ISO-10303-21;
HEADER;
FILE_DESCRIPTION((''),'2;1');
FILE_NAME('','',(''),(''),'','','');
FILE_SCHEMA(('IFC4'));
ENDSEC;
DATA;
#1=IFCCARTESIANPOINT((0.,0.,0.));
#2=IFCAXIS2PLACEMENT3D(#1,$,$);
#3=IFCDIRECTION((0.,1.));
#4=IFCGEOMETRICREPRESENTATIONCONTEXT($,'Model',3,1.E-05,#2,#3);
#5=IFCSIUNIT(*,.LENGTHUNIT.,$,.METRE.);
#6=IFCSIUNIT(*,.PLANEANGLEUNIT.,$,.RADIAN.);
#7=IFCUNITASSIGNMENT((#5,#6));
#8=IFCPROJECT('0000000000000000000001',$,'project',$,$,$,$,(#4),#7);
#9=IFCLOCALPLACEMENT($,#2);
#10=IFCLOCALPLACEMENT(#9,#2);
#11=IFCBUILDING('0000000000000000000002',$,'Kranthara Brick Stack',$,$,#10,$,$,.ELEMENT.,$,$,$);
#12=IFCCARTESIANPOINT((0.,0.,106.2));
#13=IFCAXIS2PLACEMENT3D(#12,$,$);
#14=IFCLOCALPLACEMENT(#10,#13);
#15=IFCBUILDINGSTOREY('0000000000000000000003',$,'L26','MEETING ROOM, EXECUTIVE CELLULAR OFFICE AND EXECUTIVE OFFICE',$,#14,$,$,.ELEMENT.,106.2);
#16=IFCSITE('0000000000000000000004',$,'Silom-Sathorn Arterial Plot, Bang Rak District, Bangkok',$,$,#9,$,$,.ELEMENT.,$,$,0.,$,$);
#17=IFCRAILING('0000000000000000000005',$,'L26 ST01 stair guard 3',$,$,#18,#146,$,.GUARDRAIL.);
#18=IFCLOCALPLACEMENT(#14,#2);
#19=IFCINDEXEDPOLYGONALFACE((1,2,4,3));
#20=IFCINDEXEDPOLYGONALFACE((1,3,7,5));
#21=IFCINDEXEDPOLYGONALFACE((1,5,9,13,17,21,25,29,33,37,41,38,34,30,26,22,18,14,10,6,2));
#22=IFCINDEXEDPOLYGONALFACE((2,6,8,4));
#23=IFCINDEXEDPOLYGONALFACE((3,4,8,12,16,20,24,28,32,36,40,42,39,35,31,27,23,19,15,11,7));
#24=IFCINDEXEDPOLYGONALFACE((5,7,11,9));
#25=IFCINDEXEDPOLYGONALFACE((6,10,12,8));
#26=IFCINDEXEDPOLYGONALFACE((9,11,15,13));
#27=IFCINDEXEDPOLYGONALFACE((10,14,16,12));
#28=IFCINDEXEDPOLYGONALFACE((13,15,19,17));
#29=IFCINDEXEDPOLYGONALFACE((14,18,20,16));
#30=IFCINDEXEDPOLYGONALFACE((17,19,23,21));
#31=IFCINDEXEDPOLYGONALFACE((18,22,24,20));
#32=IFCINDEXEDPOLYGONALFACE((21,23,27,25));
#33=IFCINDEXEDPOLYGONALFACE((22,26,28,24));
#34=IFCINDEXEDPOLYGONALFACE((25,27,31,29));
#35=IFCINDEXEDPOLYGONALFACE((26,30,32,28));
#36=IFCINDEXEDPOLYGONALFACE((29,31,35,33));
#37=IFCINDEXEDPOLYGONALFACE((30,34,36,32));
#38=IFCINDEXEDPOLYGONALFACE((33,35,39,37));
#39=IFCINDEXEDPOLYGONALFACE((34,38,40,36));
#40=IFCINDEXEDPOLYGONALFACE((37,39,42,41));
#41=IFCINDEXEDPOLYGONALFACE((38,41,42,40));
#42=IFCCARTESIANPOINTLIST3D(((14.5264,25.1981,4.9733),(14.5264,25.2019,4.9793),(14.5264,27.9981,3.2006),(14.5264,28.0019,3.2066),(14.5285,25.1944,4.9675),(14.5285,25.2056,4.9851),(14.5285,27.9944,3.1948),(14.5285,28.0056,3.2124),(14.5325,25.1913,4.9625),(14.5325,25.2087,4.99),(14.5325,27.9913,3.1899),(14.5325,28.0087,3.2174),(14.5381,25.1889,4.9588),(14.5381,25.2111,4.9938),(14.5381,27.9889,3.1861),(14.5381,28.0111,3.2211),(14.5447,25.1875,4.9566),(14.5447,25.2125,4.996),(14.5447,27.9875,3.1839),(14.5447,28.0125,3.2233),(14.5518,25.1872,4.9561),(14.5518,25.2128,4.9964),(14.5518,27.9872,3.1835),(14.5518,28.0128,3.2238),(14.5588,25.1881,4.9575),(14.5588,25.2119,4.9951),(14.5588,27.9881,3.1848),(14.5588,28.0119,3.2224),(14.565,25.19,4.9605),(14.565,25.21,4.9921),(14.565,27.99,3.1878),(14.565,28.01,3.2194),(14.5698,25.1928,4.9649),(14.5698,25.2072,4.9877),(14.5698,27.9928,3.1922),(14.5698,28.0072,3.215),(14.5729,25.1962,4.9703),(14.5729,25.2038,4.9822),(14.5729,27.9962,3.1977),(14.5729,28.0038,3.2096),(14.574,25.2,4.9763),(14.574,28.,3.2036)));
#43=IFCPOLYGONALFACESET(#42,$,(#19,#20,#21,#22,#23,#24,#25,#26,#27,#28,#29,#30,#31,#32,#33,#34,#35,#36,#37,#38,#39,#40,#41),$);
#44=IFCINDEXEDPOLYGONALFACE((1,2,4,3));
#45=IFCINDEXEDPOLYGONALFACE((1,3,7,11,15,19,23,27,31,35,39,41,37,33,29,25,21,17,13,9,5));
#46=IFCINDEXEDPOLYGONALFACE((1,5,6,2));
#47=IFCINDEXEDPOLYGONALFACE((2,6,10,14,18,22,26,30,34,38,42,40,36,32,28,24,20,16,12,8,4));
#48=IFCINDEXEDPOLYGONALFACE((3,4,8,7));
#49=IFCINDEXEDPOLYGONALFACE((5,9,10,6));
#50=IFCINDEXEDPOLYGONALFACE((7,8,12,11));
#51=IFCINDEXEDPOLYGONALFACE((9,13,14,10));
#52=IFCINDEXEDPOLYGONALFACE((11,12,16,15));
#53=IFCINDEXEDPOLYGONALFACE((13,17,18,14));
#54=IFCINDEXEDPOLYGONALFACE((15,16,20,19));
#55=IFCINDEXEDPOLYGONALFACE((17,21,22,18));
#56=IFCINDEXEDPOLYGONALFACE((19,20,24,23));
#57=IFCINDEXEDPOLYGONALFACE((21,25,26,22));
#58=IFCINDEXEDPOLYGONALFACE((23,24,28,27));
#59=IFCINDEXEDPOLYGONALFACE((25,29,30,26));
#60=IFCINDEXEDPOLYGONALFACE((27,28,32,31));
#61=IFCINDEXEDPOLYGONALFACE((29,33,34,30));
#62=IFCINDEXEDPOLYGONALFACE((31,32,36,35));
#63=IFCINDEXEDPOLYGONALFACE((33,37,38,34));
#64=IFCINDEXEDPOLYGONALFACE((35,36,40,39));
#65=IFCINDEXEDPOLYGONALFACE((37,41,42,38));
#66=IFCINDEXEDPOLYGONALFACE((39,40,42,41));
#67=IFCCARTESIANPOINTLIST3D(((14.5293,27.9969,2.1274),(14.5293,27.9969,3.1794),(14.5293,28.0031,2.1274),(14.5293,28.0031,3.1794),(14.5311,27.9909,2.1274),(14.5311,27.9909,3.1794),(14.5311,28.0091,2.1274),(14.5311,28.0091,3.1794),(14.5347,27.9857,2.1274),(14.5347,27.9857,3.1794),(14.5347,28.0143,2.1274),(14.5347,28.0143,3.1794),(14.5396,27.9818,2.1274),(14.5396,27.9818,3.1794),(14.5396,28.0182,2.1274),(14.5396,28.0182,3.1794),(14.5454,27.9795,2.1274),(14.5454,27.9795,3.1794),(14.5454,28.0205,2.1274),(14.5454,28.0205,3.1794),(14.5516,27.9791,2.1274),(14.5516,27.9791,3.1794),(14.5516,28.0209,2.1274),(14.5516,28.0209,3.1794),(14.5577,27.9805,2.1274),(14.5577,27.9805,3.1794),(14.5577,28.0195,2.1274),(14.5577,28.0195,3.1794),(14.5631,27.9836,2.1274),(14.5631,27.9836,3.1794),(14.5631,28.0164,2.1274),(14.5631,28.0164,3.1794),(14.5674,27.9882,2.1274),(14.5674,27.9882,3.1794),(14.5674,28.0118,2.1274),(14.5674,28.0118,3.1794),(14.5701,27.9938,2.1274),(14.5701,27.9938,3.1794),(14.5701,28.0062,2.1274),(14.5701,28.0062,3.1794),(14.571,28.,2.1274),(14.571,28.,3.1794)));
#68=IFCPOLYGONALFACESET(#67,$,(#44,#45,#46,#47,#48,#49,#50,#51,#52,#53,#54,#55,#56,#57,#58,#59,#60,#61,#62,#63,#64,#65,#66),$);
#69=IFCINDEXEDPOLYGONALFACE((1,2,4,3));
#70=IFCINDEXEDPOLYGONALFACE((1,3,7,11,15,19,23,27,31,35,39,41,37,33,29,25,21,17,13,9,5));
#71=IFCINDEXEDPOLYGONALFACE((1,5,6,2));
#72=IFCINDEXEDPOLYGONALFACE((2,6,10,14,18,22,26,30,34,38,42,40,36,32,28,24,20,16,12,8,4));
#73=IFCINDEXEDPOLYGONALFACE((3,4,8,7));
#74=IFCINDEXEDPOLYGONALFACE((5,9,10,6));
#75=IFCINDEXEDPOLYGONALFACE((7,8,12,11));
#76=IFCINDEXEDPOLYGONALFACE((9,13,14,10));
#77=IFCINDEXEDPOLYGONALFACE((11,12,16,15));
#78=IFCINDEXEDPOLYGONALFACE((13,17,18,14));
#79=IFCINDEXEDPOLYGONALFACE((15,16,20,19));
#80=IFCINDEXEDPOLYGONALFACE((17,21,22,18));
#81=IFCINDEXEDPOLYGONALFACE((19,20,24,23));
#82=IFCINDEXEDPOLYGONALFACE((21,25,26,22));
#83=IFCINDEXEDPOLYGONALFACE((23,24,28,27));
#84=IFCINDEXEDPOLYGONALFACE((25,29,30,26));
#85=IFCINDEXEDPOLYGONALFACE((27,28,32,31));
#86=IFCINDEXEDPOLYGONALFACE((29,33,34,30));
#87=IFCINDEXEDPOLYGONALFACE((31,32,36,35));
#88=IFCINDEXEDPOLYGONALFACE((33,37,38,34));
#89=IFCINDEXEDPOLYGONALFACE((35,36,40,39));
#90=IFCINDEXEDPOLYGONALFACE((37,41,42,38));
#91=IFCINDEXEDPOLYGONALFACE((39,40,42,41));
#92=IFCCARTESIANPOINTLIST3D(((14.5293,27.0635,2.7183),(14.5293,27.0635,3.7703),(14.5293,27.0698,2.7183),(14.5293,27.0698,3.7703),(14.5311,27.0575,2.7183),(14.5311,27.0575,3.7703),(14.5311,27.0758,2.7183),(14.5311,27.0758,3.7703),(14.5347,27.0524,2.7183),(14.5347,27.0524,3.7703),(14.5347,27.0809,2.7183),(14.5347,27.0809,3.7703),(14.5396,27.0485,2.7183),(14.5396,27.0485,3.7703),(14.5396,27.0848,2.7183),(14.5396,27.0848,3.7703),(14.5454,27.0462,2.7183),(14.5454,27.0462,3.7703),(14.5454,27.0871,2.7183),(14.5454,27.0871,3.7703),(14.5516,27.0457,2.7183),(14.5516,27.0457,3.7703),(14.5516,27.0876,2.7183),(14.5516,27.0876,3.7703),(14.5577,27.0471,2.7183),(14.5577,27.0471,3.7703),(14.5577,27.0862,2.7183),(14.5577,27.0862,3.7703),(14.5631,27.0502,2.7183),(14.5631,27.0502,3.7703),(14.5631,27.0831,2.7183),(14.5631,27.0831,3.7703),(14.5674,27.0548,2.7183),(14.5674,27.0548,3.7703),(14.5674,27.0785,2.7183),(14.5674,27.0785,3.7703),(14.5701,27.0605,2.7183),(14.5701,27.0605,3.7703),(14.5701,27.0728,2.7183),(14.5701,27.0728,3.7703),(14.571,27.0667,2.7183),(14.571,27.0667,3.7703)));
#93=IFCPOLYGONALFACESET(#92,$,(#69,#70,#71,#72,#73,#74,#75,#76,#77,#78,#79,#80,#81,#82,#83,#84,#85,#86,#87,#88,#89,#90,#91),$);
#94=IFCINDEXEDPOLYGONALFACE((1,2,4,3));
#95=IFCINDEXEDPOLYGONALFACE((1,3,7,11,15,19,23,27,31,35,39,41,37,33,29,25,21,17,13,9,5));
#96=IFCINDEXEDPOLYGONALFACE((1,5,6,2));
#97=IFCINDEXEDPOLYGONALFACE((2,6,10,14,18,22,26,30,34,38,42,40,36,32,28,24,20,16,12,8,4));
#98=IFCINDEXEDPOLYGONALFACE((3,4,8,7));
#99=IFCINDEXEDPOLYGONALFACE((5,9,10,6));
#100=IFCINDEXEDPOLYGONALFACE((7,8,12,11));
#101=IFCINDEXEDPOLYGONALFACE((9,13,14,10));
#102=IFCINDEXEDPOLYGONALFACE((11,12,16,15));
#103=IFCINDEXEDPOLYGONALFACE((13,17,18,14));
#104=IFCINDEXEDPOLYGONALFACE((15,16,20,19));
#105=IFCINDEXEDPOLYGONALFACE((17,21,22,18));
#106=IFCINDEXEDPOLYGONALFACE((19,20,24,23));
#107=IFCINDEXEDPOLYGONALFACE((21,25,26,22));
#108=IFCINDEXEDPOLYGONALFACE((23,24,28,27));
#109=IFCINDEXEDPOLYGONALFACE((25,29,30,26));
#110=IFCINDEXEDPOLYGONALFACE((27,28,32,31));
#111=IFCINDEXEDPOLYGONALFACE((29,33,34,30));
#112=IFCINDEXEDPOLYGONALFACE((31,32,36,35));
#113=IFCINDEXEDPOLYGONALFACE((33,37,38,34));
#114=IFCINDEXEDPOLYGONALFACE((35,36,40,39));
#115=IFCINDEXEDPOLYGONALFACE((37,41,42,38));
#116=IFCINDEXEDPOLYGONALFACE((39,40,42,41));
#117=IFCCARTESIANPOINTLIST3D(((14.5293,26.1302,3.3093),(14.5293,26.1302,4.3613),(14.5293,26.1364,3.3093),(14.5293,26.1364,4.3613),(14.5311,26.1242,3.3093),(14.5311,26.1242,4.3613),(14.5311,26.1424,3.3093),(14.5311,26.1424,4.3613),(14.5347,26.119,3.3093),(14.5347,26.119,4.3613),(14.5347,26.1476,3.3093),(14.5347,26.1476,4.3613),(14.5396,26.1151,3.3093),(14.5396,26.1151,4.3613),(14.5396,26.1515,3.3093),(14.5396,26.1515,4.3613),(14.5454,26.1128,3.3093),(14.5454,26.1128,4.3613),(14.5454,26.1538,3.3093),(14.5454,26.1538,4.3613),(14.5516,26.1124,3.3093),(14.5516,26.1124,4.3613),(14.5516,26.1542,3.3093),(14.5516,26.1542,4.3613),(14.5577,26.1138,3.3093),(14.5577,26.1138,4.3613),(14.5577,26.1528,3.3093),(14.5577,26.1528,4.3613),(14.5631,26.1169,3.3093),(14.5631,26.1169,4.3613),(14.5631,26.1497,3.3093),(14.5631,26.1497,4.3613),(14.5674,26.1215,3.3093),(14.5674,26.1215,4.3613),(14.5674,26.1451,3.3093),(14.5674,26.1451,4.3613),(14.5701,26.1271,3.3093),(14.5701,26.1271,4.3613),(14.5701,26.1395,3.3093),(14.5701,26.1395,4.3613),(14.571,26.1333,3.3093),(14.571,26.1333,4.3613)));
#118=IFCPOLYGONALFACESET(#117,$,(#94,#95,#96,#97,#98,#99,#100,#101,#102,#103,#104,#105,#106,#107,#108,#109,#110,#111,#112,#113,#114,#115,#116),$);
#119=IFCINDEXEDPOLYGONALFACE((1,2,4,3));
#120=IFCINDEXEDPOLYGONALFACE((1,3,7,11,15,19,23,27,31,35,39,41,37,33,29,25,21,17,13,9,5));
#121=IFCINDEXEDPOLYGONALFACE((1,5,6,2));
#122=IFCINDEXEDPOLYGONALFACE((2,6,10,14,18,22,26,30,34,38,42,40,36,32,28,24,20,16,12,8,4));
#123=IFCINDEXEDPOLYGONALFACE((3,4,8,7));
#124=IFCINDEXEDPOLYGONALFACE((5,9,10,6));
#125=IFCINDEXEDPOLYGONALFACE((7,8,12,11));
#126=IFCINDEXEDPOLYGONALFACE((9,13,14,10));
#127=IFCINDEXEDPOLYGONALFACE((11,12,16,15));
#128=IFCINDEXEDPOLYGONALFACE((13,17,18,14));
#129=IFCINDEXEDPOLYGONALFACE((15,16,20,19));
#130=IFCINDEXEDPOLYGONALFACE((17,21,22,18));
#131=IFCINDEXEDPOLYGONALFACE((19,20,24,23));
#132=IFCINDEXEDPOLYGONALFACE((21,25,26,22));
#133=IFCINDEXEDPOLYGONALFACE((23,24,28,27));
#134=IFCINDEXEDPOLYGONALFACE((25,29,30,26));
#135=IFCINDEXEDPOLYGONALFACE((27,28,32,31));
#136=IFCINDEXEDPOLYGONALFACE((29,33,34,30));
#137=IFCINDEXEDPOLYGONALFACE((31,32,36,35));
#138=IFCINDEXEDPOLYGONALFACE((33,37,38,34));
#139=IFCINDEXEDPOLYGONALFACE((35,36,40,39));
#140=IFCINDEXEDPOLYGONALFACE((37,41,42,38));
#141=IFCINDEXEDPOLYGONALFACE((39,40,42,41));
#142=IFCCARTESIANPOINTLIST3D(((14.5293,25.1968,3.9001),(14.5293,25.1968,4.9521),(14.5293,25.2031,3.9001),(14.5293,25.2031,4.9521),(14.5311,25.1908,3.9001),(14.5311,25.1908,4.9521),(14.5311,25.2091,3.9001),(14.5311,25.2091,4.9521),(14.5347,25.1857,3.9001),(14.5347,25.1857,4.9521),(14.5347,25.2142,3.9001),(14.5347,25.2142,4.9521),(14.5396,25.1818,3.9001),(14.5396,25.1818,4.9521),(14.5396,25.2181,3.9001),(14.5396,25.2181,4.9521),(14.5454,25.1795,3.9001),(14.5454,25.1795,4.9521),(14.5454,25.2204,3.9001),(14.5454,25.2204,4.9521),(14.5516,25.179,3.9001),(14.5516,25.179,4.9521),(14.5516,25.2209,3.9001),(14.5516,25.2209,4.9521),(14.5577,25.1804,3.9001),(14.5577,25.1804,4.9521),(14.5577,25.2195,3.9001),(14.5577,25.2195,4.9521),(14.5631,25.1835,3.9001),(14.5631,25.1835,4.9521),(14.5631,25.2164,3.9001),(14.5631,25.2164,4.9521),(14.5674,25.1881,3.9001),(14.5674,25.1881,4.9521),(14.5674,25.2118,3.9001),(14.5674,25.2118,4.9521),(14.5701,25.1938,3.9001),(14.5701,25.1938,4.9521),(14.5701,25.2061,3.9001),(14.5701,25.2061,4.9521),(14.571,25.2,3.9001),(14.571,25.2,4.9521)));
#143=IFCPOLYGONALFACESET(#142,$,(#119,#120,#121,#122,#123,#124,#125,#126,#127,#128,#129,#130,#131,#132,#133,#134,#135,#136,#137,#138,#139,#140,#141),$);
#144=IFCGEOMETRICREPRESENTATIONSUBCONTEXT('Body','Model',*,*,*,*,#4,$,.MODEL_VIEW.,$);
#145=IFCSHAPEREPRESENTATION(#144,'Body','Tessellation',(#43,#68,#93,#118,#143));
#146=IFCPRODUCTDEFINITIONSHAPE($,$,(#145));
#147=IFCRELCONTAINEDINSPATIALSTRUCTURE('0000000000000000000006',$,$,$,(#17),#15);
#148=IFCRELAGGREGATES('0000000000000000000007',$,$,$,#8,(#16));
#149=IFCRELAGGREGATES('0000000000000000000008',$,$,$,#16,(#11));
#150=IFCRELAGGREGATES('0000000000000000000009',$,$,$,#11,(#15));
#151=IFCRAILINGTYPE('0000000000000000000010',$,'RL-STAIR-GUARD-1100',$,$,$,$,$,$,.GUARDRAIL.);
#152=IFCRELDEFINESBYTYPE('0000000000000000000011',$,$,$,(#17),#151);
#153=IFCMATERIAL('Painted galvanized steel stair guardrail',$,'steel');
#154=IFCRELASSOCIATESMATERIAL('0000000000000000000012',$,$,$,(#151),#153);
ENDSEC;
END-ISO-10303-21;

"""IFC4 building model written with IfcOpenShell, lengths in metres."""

from ifc_helpers import new_model, si_unit, direction, frame, origin, origin_2d, place, context, subcontext, project, spatial, circle, extrude, material, type_object, element, save


model = new_model("IFC4")

# Units and contexts
model_context = context("Model", 3, precision=1e-05, world=origin(), true_north=direction((0.0, 1.0)))
body_context = subcontext(model_context, "Body", "Model", "MODEL_VIEW")
ifc_project = project(units=[si_unit("LENGTHUNIT", "METRE"), si_unit("PLANEANGLEUNIT", "RADIAN")], contexts=[model_context])

# Site, building, storey
site_placement = place(None, origin())
site = spatial("IfcSite", under=ifc_project, at=site_placement, Name="Silom-Sathorn Arterial Plot, Bang Rak District, Bangkok", CompositionType="ELEMENT", RefElevation=0.0)
building_placement = place(site_placement, origin())
building = spatial("IfcBuilding", under=site, at=building_placement, Name="Kranthara Brick Stack", CompositionType="ELEMENT")
storey_placement = place(building_placement, frame((0.0, 0.0, 106.2)))
storey = spatial("IfcBuildingStorey", under=building, at=storey_placement, Name="L26", Description="MEETING ROOM, EXECUTIVE CELLULAR OFFICE AND EXECUTIVE OFFICE", CompositionType="ELEMENT", Elevation=106.2)

# Railing
ifc_material_1 = material(Name="Painted galvanized steel stair guardrail", Category="steel")
railing_type_1 = type_object("IfcRailingType", Name="RL-STAIR-GUARD-1100", PredefinedType="GUARDRAIL", material=ifc_material_1)
railing_1_placement = place(storey_placement, frame((14.55, 28.0, 2.1274)))
element("IfcRailing", 1, at=railing_1_placement, inside=storey, type_object=railing_type_1, Name="L26 ST01 stair guard 3", PredefinedType="GUARDRAIL", context=body_context, shape_type="SweptSolid", body=[
    extrude(circle(Radius=0.0239, at=origin_2d()), frame((0.0, 0.0, 1.0762), z_axis=(0.0, -0.844909, 0.53491), x_axis=(1.0, 0.0, 0.0)), (0.0, 0.0, 1.0), 3.314),
    extrude(circle(Radius=0.021, at=origin_2d()), origin(), (0.0, 0.0, 1.0), 1.052),
    extrude(circle(Radius=0.021, at=origin_2d()), frame((0.0, -0.9333, 0.5908)), (0.0, 0.0, 1.0), 1.052),
    extrude(circle(Radius=0.021, at=origin_2d()), frame((0.0, -1.8667, 1.1819)), (0.0, 0.0, 1.0), 1.052),
    extrude(circle(Radius=0.021, at=origin_2d()), frame((0.0, -2.8, 1.7727)), (0.0, 0.0, 1.0), 1.052),
])

save(model, "model.ifc")
